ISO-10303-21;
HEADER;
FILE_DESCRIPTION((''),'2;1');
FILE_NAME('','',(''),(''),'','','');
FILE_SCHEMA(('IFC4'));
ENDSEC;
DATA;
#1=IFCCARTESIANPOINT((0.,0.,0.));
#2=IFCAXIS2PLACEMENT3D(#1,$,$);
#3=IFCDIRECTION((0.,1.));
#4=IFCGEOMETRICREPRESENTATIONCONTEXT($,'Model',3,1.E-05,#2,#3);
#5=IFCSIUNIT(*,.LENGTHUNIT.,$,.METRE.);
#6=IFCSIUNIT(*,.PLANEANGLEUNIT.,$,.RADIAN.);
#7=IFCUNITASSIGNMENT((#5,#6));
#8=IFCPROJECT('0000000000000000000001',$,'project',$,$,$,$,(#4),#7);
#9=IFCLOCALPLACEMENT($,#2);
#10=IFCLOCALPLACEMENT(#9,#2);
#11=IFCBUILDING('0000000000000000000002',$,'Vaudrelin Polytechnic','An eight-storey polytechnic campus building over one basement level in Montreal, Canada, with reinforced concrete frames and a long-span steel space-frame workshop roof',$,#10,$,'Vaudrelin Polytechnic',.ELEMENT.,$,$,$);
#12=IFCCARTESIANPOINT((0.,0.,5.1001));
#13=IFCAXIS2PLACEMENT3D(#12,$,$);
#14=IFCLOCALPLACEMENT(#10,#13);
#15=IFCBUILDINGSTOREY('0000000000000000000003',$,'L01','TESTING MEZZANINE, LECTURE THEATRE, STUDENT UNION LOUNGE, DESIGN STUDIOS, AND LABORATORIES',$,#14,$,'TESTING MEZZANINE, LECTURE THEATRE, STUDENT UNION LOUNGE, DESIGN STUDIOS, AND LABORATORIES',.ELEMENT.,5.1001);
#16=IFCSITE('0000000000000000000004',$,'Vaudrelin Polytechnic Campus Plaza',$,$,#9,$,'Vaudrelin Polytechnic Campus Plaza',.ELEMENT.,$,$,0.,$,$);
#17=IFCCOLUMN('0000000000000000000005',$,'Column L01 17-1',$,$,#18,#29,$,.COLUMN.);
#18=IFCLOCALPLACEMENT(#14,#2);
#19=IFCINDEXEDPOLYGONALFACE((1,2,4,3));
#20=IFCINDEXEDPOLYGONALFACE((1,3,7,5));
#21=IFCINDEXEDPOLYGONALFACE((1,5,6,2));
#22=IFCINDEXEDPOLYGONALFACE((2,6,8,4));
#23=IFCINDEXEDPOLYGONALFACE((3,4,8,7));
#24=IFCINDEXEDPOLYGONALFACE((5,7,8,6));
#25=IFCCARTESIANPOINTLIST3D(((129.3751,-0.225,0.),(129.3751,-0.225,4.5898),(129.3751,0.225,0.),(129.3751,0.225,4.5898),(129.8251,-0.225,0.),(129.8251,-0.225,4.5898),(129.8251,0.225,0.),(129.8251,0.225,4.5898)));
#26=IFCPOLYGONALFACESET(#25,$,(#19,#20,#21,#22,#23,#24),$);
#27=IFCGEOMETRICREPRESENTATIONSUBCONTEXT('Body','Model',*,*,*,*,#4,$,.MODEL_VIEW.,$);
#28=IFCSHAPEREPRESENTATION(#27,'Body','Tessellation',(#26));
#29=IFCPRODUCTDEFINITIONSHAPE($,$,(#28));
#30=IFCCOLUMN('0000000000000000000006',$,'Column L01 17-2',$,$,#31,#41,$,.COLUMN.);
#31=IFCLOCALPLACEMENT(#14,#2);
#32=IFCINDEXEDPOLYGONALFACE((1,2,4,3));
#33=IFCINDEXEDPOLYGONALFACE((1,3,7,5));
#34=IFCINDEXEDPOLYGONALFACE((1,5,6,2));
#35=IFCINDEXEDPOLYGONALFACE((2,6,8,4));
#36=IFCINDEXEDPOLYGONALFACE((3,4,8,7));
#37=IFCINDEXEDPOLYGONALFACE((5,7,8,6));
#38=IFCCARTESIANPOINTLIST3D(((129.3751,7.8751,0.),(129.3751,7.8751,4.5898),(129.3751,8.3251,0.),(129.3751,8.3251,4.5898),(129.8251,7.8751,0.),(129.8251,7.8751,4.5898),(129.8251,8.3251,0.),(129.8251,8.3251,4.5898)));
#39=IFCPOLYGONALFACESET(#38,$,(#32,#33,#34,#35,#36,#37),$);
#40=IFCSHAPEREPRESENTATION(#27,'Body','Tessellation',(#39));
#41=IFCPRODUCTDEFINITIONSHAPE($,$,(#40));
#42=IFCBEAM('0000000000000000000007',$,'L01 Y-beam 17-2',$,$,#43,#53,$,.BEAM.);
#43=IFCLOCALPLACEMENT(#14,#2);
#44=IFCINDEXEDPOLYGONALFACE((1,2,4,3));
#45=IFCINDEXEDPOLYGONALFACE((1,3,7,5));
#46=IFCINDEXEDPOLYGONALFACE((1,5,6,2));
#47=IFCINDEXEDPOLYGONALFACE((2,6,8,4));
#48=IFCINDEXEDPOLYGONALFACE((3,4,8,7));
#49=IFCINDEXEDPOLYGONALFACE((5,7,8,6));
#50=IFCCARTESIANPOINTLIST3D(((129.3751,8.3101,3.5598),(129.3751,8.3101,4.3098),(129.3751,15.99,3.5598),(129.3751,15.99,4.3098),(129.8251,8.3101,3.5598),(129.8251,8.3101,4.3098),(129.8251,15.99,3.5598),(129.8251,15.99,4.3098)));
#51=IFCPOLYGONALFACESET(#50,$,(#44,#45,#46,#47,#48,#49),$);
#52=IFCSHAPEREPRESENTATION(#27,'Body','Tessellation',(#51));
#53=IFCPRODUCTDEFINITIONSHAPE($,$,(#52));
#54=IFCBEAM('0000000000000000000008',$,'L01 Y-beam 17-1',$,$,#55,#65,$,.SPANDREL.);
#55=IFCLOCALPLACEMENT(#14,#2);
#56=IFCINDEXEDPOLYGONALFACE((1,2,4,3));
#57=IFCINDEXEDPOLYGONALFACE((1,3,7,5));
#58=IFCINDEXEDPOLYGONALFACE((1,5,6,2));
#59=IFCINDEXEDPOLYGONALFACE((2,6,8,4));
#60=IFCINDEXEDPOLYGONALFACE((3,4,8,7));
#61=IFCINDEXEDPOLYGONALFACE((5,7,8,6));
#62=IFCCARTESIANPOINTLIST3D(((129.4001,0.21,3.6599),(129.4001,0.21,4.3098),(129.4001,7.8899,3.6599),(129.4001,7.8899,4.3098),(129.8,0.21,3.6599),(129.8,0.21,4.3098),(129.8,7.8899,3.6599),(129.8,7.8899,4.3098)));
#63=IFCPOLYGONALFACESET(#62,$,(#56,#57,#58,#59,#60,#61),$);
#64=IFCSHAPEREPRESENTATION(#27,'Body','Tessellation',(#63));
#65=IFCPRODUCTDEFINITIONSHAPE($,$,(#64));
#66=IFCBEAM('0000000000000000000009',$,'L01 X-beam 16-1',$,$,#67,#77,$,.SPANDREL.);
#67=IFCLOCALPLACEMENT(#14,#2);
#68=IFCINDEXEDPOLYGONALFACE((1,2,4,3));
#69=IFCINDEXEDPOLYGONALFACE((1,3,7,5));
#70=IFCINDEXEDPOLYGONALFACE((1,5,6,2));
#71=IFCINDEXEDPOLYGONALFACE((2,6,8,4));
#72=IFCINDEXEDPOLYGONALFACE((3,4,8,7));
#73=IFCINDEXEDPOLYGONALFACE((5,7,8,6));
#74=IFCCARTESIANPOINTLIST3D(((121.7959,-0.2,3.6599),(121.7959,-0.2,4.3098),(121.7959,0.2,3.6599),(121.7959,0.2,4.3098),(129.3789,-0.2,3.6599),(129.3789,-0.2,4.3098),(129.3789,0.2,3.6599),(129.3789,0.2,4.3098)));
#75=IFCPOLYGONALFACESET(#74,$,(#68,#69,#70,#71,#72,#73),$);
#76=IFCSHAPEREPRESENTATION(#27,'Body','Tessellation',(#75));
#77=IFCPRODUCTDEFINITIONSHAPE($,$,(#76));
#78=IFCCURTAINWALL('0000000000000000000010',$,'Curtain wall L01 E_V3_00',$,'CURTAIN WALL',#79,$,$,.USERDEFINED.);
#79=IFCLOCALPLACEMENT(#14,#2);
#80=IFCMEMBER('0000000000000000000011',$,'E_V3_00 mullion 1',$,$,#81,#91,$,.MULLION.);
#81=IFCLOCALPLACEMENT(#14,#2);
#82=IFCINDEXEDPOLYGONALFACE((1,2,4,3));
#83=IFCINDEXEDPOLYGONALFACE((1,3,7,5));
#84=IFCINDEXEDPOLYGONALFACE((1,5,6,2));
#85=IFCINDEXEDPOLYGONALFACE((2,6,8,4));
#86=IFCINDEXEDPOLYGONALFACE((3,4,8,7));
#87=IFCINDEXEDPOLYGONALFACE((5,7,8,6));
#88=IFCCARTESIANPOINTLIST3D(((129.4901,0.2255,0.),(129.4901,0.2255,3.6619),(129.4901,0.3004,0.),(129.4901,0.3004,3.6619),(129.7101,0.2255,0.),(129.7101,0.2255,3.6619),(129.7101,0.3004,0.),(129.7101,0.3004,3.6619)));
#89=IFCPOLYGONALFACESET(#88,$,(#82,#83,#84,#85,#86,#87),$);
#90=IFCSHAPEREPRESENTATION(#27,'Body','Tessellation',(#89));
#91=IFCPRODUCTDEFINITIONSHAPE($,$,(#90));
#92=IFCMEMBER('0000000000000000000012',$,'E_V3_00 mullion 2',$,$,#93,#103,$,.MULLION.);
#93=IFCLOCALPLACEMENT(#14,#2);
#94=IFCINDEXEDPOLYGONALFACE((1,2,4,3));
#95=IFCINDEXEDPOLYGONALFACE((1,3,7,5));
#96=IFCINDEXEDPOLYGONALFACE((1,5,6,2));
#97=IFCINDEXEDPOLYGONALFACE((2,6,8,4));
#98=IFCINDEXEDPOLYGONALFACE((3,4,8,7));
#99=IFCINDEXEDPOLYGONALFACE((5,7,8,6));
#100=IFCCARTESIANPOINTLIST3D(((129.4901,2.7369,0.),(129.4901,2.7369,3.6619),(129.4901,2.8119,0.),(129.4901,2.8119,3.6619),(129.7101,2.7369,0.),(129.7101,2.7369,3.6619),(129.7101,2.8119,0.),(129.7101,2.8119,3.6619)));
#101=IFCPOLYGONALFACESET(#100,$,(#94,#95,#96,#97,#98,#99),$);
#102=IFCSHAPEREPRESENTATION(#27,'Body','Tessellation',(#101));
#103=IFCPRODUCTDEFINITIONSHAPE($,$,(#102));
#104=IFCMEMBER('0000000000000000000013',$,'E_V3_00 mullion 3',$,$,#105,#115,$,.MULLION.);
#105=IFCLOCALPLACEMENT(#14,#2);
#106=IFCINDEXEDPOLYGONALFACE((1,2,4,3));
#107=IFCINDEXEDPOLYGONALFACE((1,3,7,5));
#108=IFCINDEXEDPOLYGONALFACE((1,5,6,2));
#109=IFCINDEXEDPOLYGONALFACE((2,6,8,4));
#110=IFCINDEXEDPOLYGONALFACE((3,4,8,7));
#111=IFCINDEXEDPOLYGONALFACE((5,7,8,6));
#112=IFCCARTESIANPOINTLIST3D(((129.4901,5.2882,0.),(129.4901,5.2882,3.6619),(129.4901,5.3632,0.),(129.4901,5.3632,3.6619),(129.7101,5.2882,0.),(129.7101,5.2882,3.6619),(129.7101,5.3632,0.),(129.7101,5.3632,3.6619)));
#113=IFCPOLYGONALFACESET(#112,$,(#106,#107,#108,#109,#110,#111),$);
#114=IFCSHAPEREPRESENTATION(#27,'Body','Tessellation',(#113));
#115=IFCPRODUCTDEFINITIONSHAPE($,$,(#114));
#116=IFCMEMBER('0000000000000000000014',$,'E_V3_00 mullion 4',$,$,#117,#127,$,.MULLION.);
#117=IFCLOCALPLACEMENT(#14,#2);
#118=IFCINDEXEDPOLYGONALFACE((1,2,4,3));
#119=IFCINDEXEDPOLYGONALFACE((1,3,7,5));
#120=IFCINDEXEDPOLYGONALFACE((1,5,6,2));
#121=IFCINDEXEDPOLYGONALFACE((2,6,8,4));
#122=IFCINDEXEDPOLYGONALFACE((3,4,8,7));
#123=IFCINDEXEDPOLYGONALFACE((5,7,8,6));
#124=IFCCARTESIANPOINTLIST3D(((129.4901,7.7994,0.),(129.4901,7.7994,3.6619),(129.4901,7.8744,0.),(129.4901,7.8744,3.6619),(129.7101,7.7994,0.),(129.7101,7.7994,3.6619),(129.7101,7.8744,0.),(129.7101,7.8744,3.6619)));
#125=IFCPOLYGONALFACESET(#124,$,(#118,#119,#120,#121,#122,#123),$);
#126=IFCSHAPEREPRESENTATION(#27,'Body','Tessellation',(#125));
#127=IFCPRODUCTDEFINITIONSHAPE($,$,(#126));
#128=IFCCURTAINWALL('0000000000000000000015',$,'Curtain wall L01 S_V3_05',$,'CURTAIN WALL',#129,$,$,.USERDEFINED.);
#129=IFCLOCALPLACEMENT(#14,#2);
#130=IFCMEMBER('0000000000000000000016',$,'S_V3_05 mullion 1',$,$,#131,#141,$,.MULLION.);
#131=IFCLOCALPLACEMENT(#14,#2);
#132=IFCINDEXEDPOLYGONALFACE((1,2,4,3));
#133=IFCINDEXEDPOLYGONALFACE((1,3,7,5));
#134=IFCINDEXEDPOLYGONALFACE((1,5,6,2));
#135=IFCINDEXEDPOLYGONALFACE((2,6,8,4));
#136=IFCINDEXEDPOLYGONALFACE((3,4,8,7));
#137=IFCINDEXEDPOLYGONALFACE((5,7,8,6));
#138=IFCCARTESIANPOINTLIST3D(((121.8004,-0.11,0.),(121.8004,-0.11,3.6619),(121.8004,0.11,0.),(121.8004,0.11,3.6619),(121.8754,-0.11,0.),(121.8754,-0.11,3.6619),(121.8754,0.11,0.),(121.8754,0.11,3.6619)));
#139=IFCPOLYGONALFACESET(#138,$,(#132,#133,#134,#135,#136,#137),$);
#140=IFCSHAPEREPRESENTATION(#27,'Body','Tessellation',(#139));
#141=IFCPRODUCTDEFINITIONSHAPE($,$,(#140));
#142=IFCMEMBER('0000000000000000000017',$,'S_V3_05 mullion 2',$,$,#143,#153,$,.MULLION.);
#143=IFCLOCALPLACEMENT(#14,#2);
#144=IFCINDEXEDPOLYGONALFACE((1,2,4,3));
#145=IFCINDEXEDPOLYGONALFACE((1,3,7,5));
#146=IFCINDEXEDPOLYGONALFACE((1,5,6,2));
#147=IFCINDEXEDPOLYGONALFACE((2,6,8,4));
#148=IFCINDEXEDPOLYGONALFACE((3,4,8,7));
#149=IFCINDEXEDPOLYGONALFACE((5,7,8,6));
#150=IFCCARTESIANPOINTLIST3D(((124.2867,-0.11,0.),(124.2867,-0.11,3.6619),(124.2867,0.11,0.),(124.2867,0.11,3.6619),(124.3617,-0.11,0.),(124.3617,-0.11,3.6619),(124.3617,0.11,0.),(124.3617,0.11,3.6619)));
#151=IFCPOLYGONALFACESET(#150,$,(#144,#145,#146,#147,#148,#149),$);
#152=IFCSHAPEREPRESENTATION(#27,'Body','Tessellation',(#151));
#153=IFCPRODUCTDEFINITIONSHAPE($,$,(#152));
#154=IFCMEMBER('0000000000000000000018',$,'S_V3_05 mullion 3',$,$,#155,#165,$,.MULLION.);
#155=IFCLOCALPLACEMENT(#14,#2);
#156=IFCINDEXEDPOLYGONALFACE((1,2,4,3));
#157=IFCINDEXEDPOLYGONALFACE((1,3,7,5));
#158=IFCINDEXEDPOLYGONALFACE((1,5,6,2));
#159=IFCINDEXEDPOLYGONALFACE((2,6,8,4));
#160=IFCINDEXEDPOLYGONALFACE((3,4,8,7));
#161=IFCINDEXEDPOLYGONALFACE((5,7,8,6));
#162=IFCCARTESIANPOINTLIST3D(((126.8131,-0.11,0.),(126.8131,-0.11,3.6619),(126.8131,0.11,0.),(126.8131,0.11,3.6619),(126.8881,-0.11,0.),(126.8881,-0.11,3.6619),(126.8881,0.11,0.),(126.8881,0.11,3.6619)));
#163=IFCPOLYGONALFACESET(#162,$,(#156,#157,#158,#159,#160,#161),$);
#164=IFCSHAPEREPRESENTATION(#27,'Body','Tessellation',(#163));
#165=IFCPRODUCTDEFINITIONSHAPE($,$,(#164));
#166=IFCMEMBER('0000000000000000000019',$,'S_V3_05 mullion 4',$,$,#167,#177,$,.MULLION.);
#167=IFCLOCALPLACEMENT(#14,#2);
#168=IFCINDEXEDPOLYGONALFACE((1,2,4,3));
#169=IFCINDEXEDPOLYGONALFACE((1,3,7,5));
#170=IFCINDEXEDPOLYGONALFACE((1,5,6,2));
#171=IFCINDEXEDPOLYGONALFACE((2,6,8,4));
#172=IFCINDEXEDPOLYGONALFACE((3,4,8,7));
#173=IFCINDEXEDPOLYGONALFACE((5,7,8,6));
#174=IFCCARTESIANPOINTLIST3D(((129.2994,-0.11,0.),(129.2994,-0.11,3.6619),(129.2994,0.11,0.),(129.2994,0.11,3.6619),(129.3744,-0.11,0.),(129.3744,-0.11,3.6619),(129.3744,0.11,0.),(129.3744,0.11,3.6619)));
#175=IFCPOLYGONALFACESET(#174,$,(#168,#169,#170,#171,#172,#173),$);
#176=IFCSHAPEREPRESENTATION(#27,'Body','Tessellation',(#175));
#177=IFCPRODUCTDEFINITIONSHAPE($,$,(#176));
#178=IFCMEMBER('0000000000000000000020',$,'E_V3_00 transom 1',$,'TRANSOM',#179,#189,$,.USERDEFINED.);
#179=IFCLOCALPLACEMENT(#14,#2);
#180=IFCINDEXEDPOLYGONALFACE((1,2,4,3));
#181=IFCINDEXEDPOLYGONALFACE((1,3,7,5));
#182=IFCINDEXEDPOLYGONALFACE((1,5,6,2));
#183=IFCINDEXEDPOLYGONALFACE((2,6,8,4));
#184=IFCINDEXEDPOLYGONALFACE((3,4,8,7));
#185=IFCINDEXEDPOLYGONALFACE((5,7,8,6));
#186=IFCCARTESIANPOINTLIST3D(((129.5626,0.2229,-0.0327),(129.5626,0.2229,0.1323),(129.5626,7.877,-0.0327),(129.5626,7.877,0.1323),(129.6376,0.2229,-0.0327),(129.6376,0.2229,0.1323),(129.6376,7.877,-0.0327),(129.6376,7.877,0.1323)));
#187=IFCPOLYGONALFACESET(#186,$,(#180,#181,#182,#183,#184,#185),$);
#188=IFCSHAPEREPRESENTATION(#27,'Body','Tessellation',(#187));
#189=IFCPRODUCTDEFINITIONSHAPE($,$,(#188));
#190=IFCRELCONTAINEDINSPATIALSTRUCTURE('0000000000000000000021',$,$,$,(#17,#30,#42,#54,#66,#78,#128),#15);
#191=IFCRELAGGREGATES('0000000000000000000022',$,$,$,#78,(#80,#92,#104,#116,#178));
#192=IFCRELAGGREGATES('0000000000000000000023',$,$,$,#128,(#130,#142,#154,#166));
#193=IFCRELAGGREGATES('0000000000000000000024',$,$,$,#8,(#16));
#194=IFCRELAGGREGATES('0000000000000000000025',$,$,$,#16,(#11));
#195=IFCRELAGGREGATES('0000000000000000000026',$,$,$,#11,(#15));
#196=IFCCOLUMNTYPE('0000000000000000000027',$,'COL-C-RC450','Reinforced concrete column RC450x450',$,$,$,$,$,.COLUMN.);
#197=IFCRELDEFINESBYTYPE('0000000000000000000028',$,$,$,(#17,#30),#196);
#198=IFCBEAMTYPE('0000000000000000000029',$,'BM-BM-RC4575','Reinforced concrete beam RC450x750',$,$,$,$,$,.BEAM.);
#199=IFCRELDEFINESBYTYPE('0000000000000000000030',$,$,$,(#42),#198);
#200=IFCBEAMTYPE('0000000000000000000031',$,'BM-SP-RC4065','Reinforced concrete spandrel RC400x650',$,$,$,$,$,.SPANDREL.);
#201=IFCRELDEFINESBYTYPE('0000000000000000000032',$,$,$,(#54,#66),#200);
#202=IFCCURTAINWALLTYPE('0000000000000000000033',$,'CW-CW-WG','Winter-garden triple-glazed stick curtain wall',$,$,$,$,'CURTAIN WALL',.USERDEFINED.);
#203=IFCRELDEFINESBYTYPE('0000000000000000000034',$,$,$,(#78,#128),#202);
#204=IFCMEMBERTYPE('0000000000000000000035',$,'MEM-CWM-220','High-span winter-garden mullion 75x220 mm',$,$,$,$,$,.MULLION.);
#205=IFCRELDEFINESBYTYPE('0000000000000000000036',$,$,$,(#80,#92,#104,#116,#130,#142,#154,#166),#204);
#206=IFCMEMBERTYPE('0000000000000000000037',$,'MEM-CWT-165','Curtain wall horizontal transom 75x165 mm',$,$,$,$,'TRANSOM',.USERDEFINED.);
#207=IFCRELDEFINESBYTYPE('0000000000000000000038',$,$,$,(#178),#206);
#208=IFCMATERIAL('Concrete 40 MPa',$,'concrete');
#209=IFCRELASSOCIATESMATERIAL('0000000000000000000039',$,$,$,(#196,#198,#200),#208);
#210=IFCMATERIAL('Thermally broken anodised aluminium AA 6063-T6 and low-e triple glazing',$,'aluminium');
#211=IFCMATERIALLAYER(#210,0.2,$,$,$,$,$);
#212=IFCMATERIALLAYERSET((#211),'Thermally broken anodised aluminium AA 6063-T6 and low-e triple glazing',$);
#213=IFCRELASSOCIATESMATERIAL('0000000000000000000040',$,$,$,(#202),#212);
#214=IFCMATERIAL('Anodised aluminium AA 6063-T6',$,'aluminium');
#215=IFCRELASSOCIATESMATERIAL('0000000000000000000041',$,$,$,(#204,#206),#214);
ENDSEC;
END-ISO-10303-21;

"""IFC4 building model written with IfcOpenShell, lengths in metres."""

from ifc_helpers import new_model, si_unit, direction, frame, origin, origin_2d, place, context, subcontext, project, spatial, rectangle, extrude, material, layer, layer_set, material_profile, profile_set, type_object, element, aggregate, save


model = new_model("IFC4")

# Units and contexts
model_context = context("Model", 3, precision=1e-05, world=origin(), true_north=direction((0.0, 1.0)))
body_context = subcontext(model_context, "Body", "Model", "MODEL_VIEW")
ifc_project = project(units=[si_unit("LENGTHUNIT", "METRE"), si_unit("PLANEANGLEUNIT", "RADIAN")], contexts=[model_context])

# Site, building, storey
site_placement = place(None, origin())
site = spatial("IfcSite", under=ifc_project, at=site_placement, Name="Vaudrelin Polytechnic Campus Plaza", LongName="Vaudrelin Polytechnic Campus Plaza", CompositionType="ELEMENT", RefElevation=0.0)
building_placement = place(site_placement, origin())
building = spatial("IfcBuilding", under=site, at=building_placement, Name="Vaudrelin Polytechnic", Description="An eight-storey polytechnic campus building over one basement level in Montreal, Canada, with reinforced concrete frames and a long-span steel space-frame workshop roof", LongName="Vaudrelin Polytechnic", CompositionType="ELEMENT")
storey_placement = place(building_placement, frame((0.0, 0.0, 5.1001)))
storey = spatial("IfcBuildingStorey", under=building, at=storey_placement, Name="L01", Description="TESTING MEZZANINE, LECTURE THEATRE, STUDENT UNION LOUNGE, DESIGN STUDIOS, AND LABORATORIES", LongName="TESTING MEZZANINE, LECTURE THEATRE, STUDENT UNION LOUNGE, DESIGN STUDIOS, AND LABORATORIES", CompositionType="ELEMENT", Elevation=5.1001)

# Columns
ifc_material_1 = material(Name="Concrete 40 MPa", Category="concrete")
ifc_material_profile_1 = material_profile(ifc_material_1, rectangle(XDim=0.45, YDim=0.45, at=origin_2d()), Name="RC450x450")
ifc_profile_set_1 = profile_set([ifc_material_profile_1], Name="Concrete 40 MPa")
column_type = type_object("IfcColumnType", Name="COL-C-RC450", Description="Reinforced concrete column RC450x450", PredefinedType="COLUMN", material=ifc_profile_set_1)
for number, where, z_axis, x_axis, name in (
    (1, (129.6001, 0.0, 0.0), (0.0, 0.0, 1.0), (1.0, 0.0, 0.0), "Column L01 17-1"),
    (2, (129.6001, 8.1001, 0.0), (0.0, 0.0, 1.0), (1.0, 0.0, 0.0), "Column L01 17-2"),
):
    element("IfcColumn", number, at=place(storey_placement, frame(where, z_axis=z_axis, x_axis=x_axis)), inside=storey, type_object=column_type, Name=name, PredefinedType="COLUMN", context=body_context, shape_type="SweptSolid", body=[
        extrude(rectangle(XDim=0.45, YDim=0.45, at=origin_2d()), origin(), (0.0, 0.0, 1.0), 4.5898),
    ])

# Beams
ifc_material_profile_2 = material_profile(ifc_material_1, rectangle(XDim=0.45, YDim=0.75, at=origin_2d()), Name="RC450x750")
ifc_profile_set_2 = profile_set([ifc_material_profile_2], Name="Concrete 40 MPa")
beam_type_1 = type_object("IfcBeamType", Name="BM-BM-RC4575", Description="Reinforced concrete beam RC450x750", PredefinedType="BEAM", material=ifc_profile_set_2)
beam_1_placement = place(storey_placement, frame((129.6001, 8.3101, 3.9348), z_axis=(0.0, 1.0, 0.0), x_axis=(-1.0, 0.0, 0.0)))
element("IfcBeam", 3, at=beam_1_placement, inside=storey, type_object=beam_type_1, Name="L01 Y-beam 17-2", PredefinedType="BEAM", context=body_context, shape_type="SweptSolid", body=[
    extrude(rectangle(XDim=0.45, YDim=0.75, at=origin_2d()), origin(), (0.0, 0.0, 1.0), 7.6799),
])
ifc_material_profile_3 = material_profile(ifc_material_1, rectangle(XDim=0.3999, YDim=0.6499, at=origin_2d()), Name="RC400x650")
ifc_profile_set_3 = profile_set([ifc_material_profile_3], Name="Concrete 40 MPa")
beam_type_2 = type_object("IfcBeamType", Name="BM-SP-RC4065", Description="Reinforced concrete spandrel RC400x650", PredefinedType="SPANDREL", material=ifc_profile_set_3)
beam_2_placement = place(storey_placement, frame((129.6001, 0.21, 3.9849), z_axis=(0.0, 1.0, 0.0), x_axis=(-1.0, 0.0, 0.0)))
element("IfcBeam", 4, at=beam_2_placement, inside=storey, type_object=beam_type_2, Name="L01 Y-beam 17-1", PredefinedType="SPANDREL", context=body_context, shape_type="SweptSolid", body=[
    extrude(rectangle(XDim=0.3999, YDim=0.6499, at=origin_2d()), origin(), (0.0, 0.0, 1.0), 7.6799),
])
beam_3_placement = place(storey_placement, frame((121.7959, 0.0, 3.9849), z_axis=(1.0, 0.0, 0.0), x_axis=(0.0, 1.0, 0.0)))
element("IfcBeam", 5, at=beam_3_placement, inside=storey, type_object=beam_type_2, Name="L01 X-beam 16-1", PredefinedType="SPANDREL", context=body_context, shape_type="SweptSolid", body=[
    extrude(rectangle(XDim=0.3999, YDim=0.6499, at=origin_2d()), origin(), (0.0, 0.0, 1.0), 7.583),
])

# Curtain walls, members
ifc_material_2 = material(Name="Thermally broken anodised aluminium AA 6063-T6 and low-e triple glazing", Category="aluminium")
ifc_layer_1 = layer(ifc_material_2, 0.2)
ifc_layer_set_1 = layer_set([ifc_layer_1], Name="Thermally broken anodised aluminium AA 6063-T6 and low-e triple glazing")
curtain_wall_type = type_object("IfcCurtainWallType", Name="CW-CW-WG", Description="Winter-garden triple-glazed stick curtain wall", ElementType="CURTAIN WALL", PredefinedType="USERDEFINED", material=ifc_layer_set_1)
curtain_wall_1_placement = place(storey_placement, origin())
curtain_wall_1 = element("IfcCurtainWall", 6, at=curtain_wall_1_placement, inside=storey, type_object=curtain_wall_type, Name="Curtain wall L01 E_V3_00", ObjectType="CURTAIN WALL", PredefinedType="USERDEFINED")
ifc_material_3 = material(Name="Anodised aluminium AA 6063-T6", Category="aluminium")
ifc_material_profile_4 = material_profile(ifc_material_3, rectangle(XDim=0.075, YDim=0.22, at=origin_2d()), Name="CWM-75x220")
ifc_profile_set_4 = profile_set([ifc_material_profile_4], Name="Anodised aluminium AA 6063-T6")
member_type_1 = type_object("IfcMemberType", Name="MEM-CWM-220", Description="High-span winter-garden mullion 75x220 mm", PredefinedType="MULLION", material=ifc_profile_set_4)
member_1_placement = place(storey_placement, frame((129.6001, 0.2629, 0.0), z_axis=(0.0, 0.0, 1.0), x_axis=(0.0, 1.0, 0.0)))
member_1 = element("IfcMember", 7, at=member_1_placement, type_object=member_type_1, Name="E_V3_00 mullion 1", PredefinedType="MULLION", context=body_context, shape_type="SweptSolid", body=[
    extrude(rectangle(XDim=0.075, YDim=0.22, at=origin_2d()), origin(), (0.0, 0.0, 1.0), 3.6619),
])
member_2_placement = place(storey_placement, frame((129.6001, 2.7744, 0.0), z_axis=(0.0, 0.0, 1.0), x_axis=(0.0, 1.0, 0.0)))
member_2 = element("IfcMember", 8, at=member_2_placement, type_object=member_type_1, Name="E_V3_00 mullion 2", PredefinedType="MULLION", context=body_context, shape_type="SweptSolid", body=[
    extrude(rectangle(XDim=0.075, YDim=0.22, at=origin_2d()), origin(), (0.0, 0.0, 1.0), 3.6619),
])
member_3_placement = place(storey_placement, frame((129.6001, 5.3257, 0.0), z_axis=(0.0, 0.0, 1.0), x_axis=(0.0, 1.0, 0.0)))
member_3 = element("IfcMember", 9, at=member_3_placement, type_object=member_type_1, Name="E_V3_00 mullion 3", PredefinedType="MULLION", context=body_context, shape_type="SweptSolid", body=[
    extrude(rectangle(XDim=0.075, YDim=0.22, at=origin_2d()), origin(), (0.0, 0.0, 1.0), 3.6619),
])
member_4_placement = place(storey_placement, frame((129.6001, 7.8369, 0.0), z_axis=(0.0, 0.0, 1.0), x_axis=(0.0, 1.0, 0.0)))
member_4 = element("IfcMember", 10, at=member_4_placement, type_object=member_type_1, Name="E_V3_00 mullion 4", PredefinedType="MULLION", context=body_context, shape_type="SweptSolid", body=[
    extrude(rectangle(XDim=0.075, YDim=0.22, at=origin_2d()), origin(), (0.0, 0.0, 1.0), 3.6619),
])
curtain_wall_2_placement = place(storey_placement, origin())
curtain_wall_2 = element("IfcCurtainWall", 11, at=curtain_wall_2_placement, inside=storey, type_object=curtain_wall_type, Name="Curtain wall L01 S_V3_05", ObjectType="CURTAIN WALL", PredefinedType="USERDEFINED")
member_5_placement = place(storey_placement, frame((121.8379, 0.0, 0.0), z_axis=(0.0, 0.0, 1.0), x_axis=(1.0, 0.0, 0.0)))
member_5 = element("IfcMember", 12, at=member_5_placement, type_object=member_type_1, Name="S_V3_05 mullion 1", PredefinedType="MULLION", context=body_context, shape_type="SweptSolid", body=[
    extrude(rectangle(XDim=0.075, YDim=0.22, at=origin_2d()), origin(), (0.0, 0.0, 1.0), 3.6619),
])
member_6_placement = place(storey_placement, frame((124.3242, 0.0, 0.0), z_axis=(0.0, 0.0, 1.0), x_axis=(1.0, 0.0, 0.0)))
member_6 = element("IfcMember", 13, at=member_6_placement, type_object=member_type_1, Name="S_V3_05 mullion 2", PredefinedType="MULLION", context=body_context, shape_type="SweptSolid", body=[
    extrude(rectangle(XDim=0.075, YDim=0.22, at=origin_2d()), origin(), (0.0, 0.0, 1.0), 3.6619),
])
member_7_placement = place(storey_placement, frame((126.8506, 0.0, 0.0), z_axis=(0.0, 0.0, 1.0), x_axis=(1.0, 0.0, 0.0)))
member_7 = element("IfcMember", 14, at=member_7_placement, type_object=member_type_1, Name="S_V3_05 mullion 3", PredefinedType="MULLION", context=body_context, shape_type="SweptSolid", body=[
    extrude(rectangle(XDim=0.075, YDim=0.22, at=origin_2d()), origin(), (0.0, 0.0, 1.0), 3.6619),
])
member_8_placement = place(storey_placement, frame((129.3369, 0.0, 0.0), z_axis=(0.0, 0.0, 1.0), x_axis=(1.0, 0.0, 0.0)))
member_8 = element("IfcMember", 15, at=member_8_placement, type_object=member_type_1, Name="S_V3_05 mullion 4", PredefinedType="MULLION", context=body_context, shape_type="SweptSolid", body=[
    extrude(rectangle(XDim=0.075, YDim=0.22, at=origin_2d()), origin(), (0.0, 0.0, 1.0), 3.6619),
])

# Member
ifc_material_profile_5 = material_profile(ifc_material_3, rectangle(XDim=0.075, YDim=0.165, at=origin_2d()), Name="CWT-75x165")
ifc_profile_set_5 = profile_set([ifc_material_profile_5], Name="Anodised aluminium AA 6063-T6")
member_type_2 = type_object("IfcMemberType", Name="MEM-CWT-165", Description="Curtain wall horizontal transom 75x165 mm", ElementType="TRANSOM", PredefinedType="USERDEFINED", material=ifc_profile_set_5)
member_9_placement = place(storey_placement, frame((129.6001, 0.2229, 0.0498), z_axis=(0.0, 1.0, 0.0), x_axis=(-1.0, 0.0, 0.0)))
member_9 = element("IfcMember", 16, at=member_9_placement, type_object=member_type_2, Name="E_V3_00 transom 1", ObjectType="TRANSOM", PredefinedType="USERDEFINED", context=body_context, shape_type="SweptSolid", body=[
    extrude(rectangle(XDim=0.075, YDim=0.165, at=origin_2d()), origin(), (0.0, 0.0, 1.0), 7.6541),
])

aggregate(curtain_wall_1, [member_1, member_2, member_3, member_4, member_9])
aggregate(curtain_wall_2, [member_5, member_6, member_7, member_8])

save(model, "model.ifc")
